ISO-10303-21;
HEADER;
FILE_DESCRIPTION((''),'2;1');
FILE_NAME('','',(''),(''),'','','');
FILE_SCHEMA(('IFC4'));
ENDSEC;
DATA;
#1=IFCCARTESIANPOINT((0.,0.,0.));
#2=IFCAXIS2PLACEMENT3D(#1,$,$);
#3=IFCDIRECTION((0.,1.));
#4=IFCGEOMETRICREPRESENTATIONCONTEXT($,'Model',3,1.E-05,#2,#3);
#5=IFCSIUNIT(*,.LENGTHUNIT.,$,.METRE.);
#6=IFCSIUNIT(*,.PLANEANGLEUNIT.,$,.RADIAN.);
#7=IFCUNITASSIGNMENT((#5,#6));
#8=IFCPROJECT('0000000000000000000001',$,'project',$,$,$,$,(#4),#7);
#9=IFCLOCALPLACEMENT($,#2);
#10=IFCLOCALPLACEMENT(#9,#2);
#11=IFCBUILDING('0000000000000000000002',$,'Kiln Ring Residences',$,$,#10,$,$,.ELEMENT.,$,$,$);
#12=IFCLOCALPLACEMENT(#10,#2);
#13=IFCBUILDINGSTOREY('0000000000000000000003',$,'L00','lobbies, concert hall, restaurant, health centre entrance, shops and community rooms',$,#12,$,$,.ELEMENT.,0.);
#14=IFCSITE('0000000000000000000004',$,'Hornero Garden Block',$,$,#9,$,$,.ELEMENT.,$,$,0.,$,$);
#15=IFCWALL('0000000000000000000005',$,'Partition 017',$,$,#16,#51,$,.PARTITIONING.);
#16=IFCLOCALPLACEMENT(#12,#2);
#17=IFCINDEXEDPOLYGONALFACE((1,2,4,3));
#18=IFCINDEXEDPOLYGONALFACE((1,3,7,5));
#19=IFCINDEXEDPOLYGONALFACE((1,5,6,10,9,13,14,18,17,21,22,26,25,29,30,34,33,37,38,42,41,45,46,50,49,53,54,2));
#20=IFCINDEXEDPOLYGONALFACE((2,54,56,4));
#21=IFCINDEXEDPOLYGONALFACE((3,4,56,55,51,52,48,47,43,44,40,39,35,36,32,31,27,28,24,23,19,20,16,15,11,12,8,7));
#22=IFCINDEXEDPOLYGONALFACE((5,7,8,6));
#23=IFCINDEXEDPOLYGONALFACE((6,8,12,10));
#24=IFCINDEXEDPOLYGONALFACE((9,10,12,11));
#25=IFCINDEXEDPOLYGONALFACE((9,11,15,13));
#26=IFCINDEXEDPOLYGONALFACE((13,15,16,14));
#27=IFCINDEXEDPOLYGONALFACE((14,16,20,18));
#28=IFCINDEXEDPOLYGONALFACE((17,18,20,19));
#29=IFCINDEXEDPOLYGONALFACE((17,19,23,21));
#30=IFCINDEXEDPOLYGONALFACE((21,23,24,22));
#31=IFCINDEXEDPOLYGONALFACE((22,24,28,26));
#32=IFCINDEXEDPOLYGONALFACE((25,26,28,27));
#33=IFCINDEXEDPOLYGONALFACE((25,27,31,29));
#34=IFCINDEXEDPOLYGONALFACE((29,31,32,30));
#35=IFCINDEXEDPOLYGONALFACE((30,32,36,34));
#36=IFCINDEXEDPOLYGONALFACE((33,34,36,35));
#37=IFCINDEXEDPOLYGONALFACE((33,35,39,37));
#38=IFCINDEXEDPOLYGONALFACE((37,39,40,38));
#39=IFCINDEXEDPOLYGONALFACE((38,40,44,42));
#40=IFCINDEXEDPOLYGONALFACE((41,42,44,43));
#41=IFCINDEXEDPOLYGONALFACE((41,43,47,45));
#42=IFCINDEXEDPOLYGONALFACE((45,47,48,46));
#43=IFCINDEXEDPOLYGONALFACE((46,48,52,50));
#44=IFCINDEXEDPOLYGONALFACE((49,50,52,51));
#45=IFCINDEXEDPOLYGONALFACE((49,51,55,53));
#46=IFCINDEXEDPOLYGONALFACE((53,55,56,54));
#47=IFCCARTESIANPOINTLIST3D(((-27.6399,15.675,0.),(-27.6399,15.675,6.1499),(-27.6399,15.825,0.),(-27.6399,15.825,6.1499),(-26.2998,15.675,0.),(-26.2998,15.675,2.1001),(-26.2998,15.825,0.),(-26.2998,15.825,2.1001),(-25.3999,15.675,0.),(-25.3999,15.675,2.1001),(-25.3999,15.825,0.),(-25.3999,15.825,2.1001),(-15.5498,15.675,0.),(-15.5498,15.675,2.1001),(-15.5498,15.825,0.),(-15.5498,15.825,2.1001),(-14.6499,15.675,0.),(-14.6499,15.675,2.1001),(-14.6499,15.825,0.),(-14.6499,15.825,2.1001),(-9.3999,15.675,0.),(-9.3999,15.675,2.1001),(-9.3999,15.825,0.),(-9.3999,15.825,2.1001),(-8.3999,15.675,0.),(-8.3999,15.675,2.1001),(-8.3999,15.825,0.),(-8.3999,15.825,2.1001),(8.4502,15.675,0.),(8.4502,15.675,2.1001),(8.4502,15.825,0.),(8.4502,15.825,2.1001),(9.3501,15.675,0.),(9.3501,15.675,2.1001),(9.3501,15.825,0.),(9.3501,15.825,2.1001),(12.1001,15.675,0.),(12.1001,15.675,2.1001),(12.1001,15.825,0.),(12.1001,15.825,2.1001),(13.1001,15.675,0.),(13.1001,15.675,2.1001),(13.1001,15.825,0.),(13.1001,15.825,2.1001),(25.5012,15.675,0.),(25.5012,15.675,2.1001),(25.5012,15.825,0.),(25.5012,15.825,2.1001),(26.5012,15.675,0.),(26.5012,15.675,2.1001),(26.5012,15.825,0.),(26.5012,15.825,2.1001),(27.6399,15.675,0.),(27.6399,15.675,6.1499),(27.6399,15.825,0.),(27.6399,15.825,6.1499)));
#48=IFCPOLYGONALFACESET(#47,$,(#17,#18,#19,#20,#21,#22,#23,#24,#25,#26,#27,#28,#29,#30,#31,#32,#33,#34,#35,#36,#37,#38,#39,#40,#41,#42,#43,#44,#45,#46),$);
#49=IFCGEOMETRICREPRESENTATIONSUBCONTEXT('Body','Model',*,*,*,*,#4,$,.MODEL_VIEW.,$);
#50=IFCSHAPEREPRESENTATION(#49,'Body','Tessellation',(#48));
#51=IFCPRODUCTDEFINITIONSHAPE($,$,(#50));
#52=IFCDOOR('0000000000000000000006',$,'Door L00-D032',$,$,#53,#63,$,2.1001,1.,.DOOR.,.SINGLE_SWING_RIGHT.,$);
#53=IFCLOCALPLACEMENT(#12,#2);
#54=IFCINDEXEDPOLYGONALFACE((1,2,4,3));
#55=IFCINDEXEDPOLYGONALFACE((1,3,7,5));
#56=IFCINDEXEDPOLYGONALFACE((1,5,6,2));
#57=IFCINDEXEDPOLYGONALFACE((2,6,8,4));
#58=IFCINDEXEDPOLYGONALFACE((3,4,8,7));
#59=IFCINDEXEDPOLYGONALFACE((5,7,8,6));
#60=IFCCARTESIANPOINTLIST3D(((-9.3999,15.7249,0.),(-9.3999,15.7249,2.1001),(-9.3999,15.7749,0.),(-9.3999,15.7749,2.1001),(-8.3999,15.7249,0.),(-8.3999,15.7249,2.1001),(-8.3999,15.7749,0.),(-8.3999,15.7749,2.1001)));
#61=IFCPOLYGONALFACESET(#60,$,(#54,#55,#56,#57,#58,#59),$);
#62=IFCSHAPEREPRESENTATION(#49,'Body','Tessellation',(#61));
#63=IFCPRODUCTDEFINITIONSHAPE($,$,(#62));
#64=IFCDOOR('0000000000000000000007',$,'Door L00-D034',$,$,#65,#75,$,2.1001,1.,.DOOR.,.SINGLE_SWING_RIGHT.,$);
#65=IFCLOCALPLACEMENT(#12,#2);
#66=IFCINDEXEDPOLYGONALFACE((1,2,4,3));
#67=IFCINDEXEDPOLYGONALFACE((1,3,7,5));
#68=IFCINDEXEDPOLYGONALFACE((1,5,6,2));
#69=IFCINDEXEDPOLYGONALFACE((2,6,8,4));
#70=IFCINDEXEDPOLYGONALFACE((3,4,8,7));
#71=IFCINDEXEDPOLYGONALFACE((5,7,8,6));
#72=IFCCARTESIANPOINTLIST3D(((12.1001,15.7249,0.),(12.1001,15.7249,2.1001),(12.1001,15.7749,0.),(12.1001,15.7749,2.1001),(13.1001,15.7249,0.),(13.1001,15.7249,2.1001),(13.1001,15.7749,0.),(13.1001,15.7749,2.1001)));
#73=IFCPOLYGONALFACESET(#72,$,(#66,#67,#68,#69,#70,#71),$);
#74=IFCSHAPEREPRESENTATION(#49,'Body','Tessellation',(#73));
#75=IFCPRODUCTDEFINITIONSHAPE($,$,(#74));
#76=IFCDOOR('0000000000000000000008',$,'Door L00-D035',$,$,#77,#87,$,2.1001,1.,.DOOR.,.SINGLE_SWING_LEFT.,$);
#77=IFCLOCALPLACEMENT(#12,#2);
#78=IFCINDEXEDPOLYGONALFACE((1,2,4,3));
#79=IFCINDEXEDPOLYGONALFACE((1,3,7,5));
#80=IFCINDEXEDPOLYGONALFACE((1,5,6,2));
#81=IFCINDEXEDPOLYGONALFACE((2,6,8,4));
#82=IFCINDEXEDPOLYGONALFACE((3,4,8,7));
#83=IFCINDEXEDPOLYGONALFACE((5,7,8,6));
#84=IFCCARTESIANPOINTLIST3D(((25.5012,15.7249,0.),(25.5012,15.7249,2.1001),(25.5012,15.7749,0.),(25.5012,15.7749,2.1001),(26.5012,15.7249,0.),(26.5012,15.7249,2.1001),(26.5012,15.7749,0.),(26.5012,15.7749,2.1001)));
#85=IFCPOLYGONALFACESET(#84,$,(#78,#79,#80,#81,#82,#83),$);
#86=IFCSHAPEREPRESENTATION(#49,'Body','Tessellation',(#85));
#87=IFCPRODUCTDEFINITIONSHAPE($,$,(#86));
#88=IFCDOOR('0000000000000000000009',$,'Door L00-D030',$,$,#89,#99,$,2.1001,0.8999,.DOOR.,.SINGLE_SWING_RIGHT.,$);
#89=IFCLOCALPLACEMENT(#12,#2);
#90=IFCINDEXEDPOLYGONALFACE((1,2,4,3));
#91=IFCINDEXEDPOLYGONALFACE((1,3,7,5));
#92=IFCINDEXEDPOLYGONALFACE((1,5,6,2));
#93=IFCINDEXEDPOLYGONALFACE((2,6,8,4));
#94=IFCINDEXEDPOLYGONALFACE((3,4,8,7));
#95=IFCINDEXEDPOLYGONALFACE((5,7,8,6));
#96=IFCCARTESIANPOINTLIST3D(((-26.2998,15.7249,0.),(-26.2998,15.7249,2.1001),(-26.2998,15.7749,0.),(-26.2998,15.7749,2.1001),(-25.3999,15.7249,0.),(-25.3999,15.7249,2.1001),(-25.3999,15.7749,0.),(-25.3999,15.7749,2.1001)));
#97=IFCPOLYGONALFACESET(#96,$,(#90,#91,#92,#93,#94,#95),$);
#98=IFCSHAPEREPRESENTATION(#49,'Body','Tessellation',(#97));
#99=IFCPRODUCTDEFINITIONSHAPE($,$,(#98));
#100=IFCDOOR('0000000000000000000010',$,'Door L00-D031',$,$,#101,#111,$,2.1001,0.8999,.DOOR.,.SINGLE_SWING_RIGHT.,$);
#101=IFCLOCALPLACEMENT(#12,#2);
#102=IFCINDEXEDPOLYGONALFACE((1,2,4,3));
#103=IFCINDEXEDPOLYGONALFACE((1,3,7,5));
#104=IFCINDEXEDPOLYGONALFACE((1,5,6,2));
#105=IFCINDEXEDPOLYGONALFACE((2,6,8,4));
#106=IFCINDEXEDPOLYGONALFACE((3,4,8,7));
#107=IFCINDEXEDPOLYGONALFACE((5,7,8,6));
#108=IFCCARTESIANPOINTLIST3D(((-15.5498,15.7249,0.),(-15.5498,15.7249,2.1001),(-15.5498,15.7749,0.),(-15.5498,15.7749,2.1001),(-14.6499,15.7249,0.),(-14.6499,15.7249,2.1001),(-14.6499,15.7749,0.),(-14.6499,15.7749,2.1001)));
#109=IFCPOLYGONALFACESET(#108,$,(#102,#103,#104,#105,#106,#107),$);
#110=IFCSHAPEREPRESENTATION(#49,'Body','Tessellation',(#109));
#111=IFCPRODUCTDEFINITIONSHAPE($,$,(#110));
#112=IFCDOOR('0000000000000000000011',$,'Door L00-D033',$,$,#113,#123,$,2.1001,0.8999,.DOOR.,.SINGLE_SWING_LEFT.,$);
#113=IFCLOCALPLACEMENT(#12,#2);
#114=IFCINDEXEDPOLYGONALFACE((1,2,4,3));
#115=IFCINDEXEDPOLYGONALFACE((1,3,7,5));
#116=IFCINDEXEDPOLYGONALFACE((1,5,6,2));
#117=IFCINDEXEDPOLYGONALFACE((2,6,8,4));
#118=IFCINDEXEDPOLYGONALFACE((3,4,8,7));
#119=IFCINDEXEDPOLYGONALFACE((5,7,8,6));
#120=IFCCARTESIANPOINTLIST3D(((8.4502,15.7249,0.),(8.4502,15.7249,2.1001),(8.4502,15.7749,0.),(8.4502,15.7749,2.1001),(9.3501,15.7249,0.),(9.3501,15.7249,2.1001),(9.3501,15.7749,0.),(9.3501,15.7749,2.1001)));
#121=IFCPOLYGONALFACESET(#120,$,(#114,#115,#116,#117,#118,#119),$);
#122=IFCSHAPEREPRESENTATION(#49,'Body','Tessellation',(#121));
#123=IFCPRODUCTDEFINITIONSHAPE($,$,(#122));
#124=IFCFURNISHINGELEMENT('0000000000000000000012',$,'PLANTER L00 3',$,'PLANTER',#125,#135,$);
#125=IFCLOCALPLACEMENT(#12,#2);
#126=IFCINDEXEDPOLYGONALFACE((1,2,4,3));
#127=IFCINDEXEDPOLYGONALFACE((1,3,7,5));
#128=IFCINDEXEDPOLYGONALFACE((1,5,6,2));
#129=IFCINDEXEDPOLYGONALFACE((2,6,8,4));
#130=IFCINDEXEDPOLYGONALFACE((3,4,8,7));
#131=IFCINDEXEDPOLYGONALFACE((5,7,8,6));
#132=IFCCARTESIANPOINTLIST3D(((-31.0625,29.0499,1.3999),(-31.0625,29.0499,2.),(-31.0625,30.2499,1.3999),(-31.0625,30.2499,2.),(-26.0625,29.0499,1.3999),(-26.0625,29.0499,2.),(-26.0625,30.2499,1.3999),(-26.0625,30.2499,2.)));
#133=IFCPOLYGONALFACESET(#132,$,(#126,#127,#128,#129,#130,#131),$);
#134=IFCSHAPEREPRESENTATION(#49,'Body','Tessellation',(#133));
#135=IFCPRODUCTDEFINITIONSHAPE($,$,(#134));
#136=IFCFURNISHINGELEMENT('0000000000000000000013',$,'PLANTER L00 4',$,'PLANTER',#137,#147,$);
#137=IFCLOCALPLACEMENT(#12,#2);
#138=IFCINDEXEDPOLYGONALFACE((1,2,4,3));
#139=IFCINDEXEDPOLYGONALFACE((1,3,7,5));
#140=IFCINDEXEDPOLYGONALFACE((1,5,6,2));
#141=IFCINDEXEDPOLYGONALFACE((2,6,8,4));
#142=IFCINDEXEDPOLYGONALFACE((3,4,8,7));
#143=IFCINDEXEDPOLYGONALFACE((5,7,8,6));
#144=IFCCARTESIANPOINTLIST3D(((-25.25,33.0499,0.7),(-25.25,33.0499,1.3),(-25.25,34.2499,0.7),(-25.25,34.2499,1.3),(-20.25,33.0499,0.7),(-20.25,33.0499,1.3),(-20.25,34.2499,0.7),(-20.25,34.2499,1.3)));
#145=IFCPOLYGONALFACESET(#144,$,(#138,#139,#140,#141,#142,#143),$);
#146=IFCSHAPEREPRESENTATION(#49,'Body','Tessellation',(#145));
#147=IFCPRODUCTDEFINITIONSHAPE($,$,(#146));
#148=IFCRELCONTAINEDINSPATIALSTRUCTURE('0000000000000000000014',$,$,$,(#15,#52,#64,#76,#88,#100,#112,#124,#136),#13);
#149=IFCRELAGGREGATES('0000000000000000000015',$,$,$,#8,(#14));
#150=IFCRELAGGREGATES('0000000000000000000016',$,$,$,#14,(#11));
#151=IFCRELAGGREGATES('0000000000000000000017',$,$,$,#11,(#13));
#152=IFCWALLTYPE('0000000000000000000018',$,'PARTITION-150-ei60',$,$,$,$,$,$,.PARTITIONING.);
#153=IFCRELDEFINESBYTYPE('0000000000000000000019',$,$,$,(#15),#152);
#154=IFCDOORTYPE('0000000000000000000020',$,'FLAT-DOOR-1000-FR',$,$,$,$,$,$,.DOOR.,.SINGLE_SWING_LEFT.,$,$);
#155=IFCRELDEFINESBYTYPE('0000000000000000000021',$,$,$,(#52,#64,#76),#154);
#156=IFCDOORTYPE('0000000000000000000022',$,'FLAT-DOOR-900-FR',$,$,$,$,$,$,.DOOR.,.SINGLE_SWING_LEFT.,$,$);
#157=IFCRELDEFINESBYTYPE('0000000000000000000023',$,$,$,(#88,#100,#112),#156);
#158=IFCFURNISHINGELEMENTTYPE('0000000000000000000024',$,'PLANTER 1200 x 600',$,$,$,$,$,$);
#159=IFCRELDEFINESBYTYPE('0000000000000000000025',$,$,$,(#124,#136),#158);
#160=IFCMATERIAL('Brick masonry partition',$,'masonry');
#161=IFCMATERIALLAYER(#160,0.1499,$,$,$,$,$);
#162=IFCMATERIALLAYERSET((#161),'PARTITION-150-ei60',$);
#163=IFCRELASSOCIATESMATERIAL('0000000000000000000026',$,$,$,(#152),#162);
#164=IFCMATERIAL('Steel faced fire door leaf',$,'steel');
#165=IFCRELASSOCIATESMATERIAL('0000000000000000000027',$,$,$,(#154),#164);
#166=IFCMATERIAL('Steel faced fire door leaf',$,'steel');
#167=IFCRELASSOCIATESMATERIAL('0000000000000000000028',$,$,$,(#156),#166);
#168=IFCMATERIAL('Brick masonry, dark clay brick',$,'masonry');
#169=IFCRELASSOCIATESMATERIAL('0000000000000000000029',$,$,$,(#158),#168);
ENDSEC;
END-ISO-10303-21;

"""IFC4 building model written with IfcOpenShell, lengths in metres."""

from ifc_helpers import new_model, si_unit, direction, frame, frame_2d, origin, origin_2d, place, context, subcontext, project, spatial, rectangle, extrude, material, layer, layer_set, type_object, element, fill, save


model = new_model("IFC4")

# Units and contexts
model_context = context("Model", 3, precision=1e-05, world=origin(), true_north=direction((0.0, 1.0)))
body_context = subcontext(model_context, "Body", "Model", "MODEL_VIEW")
ifc_project = project(units=[si_unit("LENGTHUNIT", "METRE"), si_unit("PLANEANGLEUNIT", "RADIAN")], contexts=[model_context])

# Site, building, storey
site_placement = place(None, origin())
site = spatial("IfcSite", under=ifc_project, at=site_placement, Name="Hornero Garden Block", CompositionType="ELEMENT", RefElevation=0.0)
building_placement = place(site_placement, origin())
building = spatial("IfcBuilding", under=site, at=building_placement, Name="Kiln Ring Residences", CompositionType="ELEMENT")
storey_placement = place(building_placement, origin())
storey = spatial("IfcBuildingStorey", under=building, at=storey_placement, Name="L00", Description="lobbies, concert hall, restaurant, health centre entrance, shops and community rooms", CompositionType="ELEMENT", Elevation=0.0)

# Wall, openings, doors
ifc_material_1 = material(Name="Brick masonry partition", Category="masonry")
ifc_layer_1 = layer(ifc_material_1, 0.1499)
ifc_layer_set_1 = layer_set([ifc_layer_1], Name="PARTITION-150-ei60")
wall_type = type_object("IfcWallType", Name="PARTITION-150-ei60", PredefinedType="PARTITIONING", material=ifc_layer_set_1)
wall_placement = place(storey_placement, frame((-27.6399, 15.75, 0.0), z_axis=(0.0, 0.0, 1.0), x_axis=(1.0, 0.0, 0.0)))
wall = element("IfcWall", 1, at=wall_placement, inside=storey, type_object=wall_type, Name="Partition 017", PredefinedType="PARTITIONING", context=body_context, shape_type="SweptSolid", body=[
    extrude(rectangle(XDim=55.2798, YDim=0.1499, at=frame_2d((27.6399, 0.0))), origin(), (0.0, 0.0, 1.0), 6.1499),
])
opening_1_placement = place(wall_placement, frame((1.3401, 0.0, 0.0)))
opening_1 = element("IfcOpeningElement", 2, at=opening_1_placement, cuts=wall, PredefinedType="OPENING", context=body_context, shape_type="SweptSolid", body=[
    extrude(rectangle(XDim=0.8999, YDim=2.1001, at=frame_2d((0.45, 1.05))), frame((0.0, 0.085, 0.0), z_axis=(0.0, -1.0, 0.0), x_axis=(1.0, 0.0, 0.0)), (0.0, 0.0, 1.0), 0.1699),
])
opening_2_placement = place(wall_placement, frame((12.0901, 0.0, 0.0)))
opening_2 = element("IfcOpeningElement", 3, at=opening_2_placement, cuts=wall, PredefinedType="OPENING", context=body_context, shape_type="SweptSolid", body=[
    extrude(rectangle(XDim=0.8999, YDim=2.1001, at=frame_2d((0.45, 1.05))), frame((0.0, 0.085, 0.0), z_axis=(0.0, -1.0, 0.0), x_axis=(1.0, 0.0, 0.0)), (0.0, 0.0, 1.0), 0.1699),
])
opening_3_placement = place(wall_placement, frame((18.24, 0.0, 0.0)))
opening_3 = element("IfcOpeningElement", 4, at=opening_3_placement, cuts=wall, PredefinedType="OPENING", context=body_context, shape_type="SweptSolid", body=[
    extrude(rectangle(XDim=1.0, YDim=2.1001, at=frame_2d((0.5, 1.05))), frame((0.0, 0.085, 0.0), z_axis=(0.0, -1.0, 0.0), x_axis=(1.0, 0.0, 0.0)), (0.0, 0.0, 1.0), 0.1699),
])
opening_4_placement = place(wall_placement, frame((36.0901, 0.0, 0.0)))
opening_4 = element("IfcOpeningElement", 5, at=opening_4_placement, cuts=wall, PredefinedType="OPENING", context=body_context, shape_type="SweptSolid", body=[
    extrude(rectangle(XDim=0.8999, YDim=2.1001, at=frame_2d((0.45, 1.05))), frame((0.0, 0.085, 0.0), z_axis=(0.0, -1.0, 0.0), x_axis=(1.0, 0.0, 0.0)), (0.0, 0.0, 1.0), 0.1699),
])
opening_5_placement = place(wall_placement, frame((39.74, 0.0, 0.0)))
opening_5 = element("IfcOpeningElement", 6, at=opening_5_placement, cuts=wall, PredefinedType="OPENING", context=body_context, shape_type="SweptSolid", body=[
    extrude(rectangle(XDim=1.0, YDim=2.1001, at=frame_2d((0.5, 1.05))), frame((0.0, 0.085, 0.0), z_axis=(0.0, -1.0, 0.0), x_axis=(1.0, 0.0, 0.0)), (0.0, 0.0, 1.0), 0.1699),
])
opening_6_placement = place(wall_placement, frame((53.1411, 0.0, 0.0)))
opening_6 = element("IfcOpeningElement", 7, at=opening_6_placement, cuts=wall, PredefinedType="OPENING", context=body_context, shape_type="SweptSolid", body=[
    extrude(rectangle(XDim=1.0, YDim=2.1001, at=frame_2d((0.5, 1.05))), frame((0.0, 0.085, 0.0), z_axis=(0.0, -1.0, 0.0), x_axis=(1.0, 0.0, 0.0)), (0.0, 0.0, 1.0), 0.1699),
])
ifc_material_2 = material(Name="Steel faced fire door leaf", Category="steel")
door_type_1 = type_object("IfcDoorType", Name="FLAT-DOOR-1000-FR", OperationType="SINGLE_SWING_LEFT", PredefinedType="DOOR", material=ifc_material_2)
door_1_placement = place(opening_3_placement, origin())
door_1 = element("IfcDoor", 8, at=door_1_placement, inside=storey, type_object=door_type_1, Name="Door L00-D032", OperationType="SINGLE_SWING_RIGHT", OverallHeight=2.1001, OverallWidth=1.0, PredefinedType="DOOR", context=body_context, shape_type="SweptSolid", body=[
    extrude(rectangle(XDim=1.0, YDim=2.1001, at=frame_2d((0.5, 1.05))), frame((0.0, 0.0249, 0.0), z_axis=(0.0, -1.0, 0.0), x_axis=(1.0, 0.0, 0.0)), (0.0, 0.0, 1.0), 0.05),
])
fill(opening_3, door_1)
door_2_placement = place(opening_5_placement, origin())
door_2 = element("IfcDoor", 9, at=door_2_placement, inside=storey, type_object=door_type_1, Name="Door L00-D034", OperationType="SINGLE_SWING_RIGHT", OverallHeight=2.1001, OverallWidth=1.0, PredefinedType="DOOR", context=body_context, shape_type="SweptSolid", body=[
    extrude(rectangle(XDim=1.0, YDim=2.1001, at=frame_2d((0.5, 1.05))), frame((0.0, 0.0249, 0.0), z_axis=(0.0, -1.0, 0.0), x_axis=(1.0, 0.0, 0.0)), (0.0, 0.0, 1.0), 0.05),
])
fill(opening_5, door_2)
door_3_placement = place(opening_6_placement, origin())
door_3 = element("IfcDoor", 10, at=door_3_placement, inside=storey, type_object=door_type_1, Name="Door L00-D035", OperationType="SINGLE_SWING_LEFT", OverallHeight=2.1001, OverallWidth=1.0, PredefinedType="DOOR", context=body_context, shape_type="SweptSolid", body=[
    extrude(rectangle(XDim=1.0, YDim=2.1001, at=frame_2d((0.5, 1.05))), frame((0.0, 0.0249, 0.0), z_axis=(0.0, -1.0, 0.0), x_axis=(1.0, 0.0, 0.0)), (0.0, 0.0, 1.0), 0.05),
])
fill(opening_6, door_3)
ifc_material_3 = material(Name="Steel faced fire door leaf", Category="steel")
door_type_2 = type_object("IfcDoorType", Name="FLAT-DOOR-900-FR", OperationType="SINGLE_SWING_LEFT", PredefinedType="DOOR", material=ifc_material_3)
door_4_placement = place(opening_1_placement, origin())
door_4 = element("IfcDoor", 11, at=door_4_placement, inside=storey, type_object=door_type_2, Name="Door L00-D030", OperationType="SINGLE_SWING_RIGHT", OverallHeight=2.1001, OverallWidth=0.8999, PredefinedType="DOOR", context=body_context, shape_type="SweptSolid", body=[
    extrude(rectangle(XDim=0.8999, YDim=2.1001, at=frame_2d((0.45, 1.05))), frame((0.0, 0.0249, 0.0), z_axis=(0.0, -1.0, 0.0), x_axis=(1.0, 0.0, 0.0)), (0.0, 0.0, 1.0), 0.05),
])
fill(opening_1, door_4)
door_5_placement = place(opening_2_placement, origin())
door_5 = element("IfcDoor", 12, at=door_5_placement, inside=storey, type_object=door_type_2, Name="Door L00-D031", OperationType="SINGLE_SWING_RIGHT", OverallHeight=2.1001, OverallWidth=0.8999, PredefinedType="DOOR", context=body_context, shape_type="SweptSolid", body=[
    extrude(rectangle(XDim=0.8999, YDim=2.1001, at=frame_2d((0.45, 1.05))), frame((0.0, 0.0249, 0.0), z_axis=(0.0, -1.0, 0.0), x_axis=(1.0, 0.0, 0.0)), (0.0, 0.0, 1.0), 0.05),
])
fill(opening_2, door_5)
door_6_placement = place(opening_4_placement, origin())
door_6 = element("IfcDoor", 13, at=door_6_placement, inside=storey, type_object=door_type_2, Name="Door L00-D033", OperationType="SINGLE_SWING_LEFT", OverallHeight=2.1001, OverallWidth=0.8999, PredefinedType="DOOR", context=body_context, shape_type="SweptSolid", body=[
    extrude(rectangle(XDim=0.8999, YDim=2.1001, at=frame_2d((0.45, 1.05))), frame((0.0, 0.0249, 0.0), z_axis=(0.0, -1.0, 0.0), x_axis=(1.0, 0.0, 0.0)), (0.0, 0.0, 1.0), 0.05),
])
fill(opening_4, door_6)

# Furnishing elements
ifc_material_4 = material(Name="Brick masonry, dark clay brick", Category="masonry")
furnishing_element_type = type_object("IfcFurnishingElementType", Name="PLANTER 1200 x 600", material=ifc_material_4)
for number, where, z_axis, x_axis, name in (
    (14, (-28.5625, 29.6499, 1.3999), (0.0, 0.0, 1.0), (1.0, 0.0, 0.0), "PLANTER L00 3"),
    (15, (-22.75, 33.6499, 0.7), (0.0, 0.0, 1.0), (1.0, 0.0, 0.0), "PLANTER L00 4"),
):
    element("IfcFurnishingElement", number, at=place(storey_placement, frame(where, z_axis=z_axis, x_axis=x_axis)), inside=storey, type_object=furnishing_element_type, Name=name, ObjectType="PLANTER", context=body_context, shape_type="SweptSolid", body=[
        extrude(rectangle(XDim=5.0, YDim=1.2, at=origin_2d()), origin(), (0.0, 0.0, 1.0), 0.6001),
    ])

save(model, "model.ifc")
